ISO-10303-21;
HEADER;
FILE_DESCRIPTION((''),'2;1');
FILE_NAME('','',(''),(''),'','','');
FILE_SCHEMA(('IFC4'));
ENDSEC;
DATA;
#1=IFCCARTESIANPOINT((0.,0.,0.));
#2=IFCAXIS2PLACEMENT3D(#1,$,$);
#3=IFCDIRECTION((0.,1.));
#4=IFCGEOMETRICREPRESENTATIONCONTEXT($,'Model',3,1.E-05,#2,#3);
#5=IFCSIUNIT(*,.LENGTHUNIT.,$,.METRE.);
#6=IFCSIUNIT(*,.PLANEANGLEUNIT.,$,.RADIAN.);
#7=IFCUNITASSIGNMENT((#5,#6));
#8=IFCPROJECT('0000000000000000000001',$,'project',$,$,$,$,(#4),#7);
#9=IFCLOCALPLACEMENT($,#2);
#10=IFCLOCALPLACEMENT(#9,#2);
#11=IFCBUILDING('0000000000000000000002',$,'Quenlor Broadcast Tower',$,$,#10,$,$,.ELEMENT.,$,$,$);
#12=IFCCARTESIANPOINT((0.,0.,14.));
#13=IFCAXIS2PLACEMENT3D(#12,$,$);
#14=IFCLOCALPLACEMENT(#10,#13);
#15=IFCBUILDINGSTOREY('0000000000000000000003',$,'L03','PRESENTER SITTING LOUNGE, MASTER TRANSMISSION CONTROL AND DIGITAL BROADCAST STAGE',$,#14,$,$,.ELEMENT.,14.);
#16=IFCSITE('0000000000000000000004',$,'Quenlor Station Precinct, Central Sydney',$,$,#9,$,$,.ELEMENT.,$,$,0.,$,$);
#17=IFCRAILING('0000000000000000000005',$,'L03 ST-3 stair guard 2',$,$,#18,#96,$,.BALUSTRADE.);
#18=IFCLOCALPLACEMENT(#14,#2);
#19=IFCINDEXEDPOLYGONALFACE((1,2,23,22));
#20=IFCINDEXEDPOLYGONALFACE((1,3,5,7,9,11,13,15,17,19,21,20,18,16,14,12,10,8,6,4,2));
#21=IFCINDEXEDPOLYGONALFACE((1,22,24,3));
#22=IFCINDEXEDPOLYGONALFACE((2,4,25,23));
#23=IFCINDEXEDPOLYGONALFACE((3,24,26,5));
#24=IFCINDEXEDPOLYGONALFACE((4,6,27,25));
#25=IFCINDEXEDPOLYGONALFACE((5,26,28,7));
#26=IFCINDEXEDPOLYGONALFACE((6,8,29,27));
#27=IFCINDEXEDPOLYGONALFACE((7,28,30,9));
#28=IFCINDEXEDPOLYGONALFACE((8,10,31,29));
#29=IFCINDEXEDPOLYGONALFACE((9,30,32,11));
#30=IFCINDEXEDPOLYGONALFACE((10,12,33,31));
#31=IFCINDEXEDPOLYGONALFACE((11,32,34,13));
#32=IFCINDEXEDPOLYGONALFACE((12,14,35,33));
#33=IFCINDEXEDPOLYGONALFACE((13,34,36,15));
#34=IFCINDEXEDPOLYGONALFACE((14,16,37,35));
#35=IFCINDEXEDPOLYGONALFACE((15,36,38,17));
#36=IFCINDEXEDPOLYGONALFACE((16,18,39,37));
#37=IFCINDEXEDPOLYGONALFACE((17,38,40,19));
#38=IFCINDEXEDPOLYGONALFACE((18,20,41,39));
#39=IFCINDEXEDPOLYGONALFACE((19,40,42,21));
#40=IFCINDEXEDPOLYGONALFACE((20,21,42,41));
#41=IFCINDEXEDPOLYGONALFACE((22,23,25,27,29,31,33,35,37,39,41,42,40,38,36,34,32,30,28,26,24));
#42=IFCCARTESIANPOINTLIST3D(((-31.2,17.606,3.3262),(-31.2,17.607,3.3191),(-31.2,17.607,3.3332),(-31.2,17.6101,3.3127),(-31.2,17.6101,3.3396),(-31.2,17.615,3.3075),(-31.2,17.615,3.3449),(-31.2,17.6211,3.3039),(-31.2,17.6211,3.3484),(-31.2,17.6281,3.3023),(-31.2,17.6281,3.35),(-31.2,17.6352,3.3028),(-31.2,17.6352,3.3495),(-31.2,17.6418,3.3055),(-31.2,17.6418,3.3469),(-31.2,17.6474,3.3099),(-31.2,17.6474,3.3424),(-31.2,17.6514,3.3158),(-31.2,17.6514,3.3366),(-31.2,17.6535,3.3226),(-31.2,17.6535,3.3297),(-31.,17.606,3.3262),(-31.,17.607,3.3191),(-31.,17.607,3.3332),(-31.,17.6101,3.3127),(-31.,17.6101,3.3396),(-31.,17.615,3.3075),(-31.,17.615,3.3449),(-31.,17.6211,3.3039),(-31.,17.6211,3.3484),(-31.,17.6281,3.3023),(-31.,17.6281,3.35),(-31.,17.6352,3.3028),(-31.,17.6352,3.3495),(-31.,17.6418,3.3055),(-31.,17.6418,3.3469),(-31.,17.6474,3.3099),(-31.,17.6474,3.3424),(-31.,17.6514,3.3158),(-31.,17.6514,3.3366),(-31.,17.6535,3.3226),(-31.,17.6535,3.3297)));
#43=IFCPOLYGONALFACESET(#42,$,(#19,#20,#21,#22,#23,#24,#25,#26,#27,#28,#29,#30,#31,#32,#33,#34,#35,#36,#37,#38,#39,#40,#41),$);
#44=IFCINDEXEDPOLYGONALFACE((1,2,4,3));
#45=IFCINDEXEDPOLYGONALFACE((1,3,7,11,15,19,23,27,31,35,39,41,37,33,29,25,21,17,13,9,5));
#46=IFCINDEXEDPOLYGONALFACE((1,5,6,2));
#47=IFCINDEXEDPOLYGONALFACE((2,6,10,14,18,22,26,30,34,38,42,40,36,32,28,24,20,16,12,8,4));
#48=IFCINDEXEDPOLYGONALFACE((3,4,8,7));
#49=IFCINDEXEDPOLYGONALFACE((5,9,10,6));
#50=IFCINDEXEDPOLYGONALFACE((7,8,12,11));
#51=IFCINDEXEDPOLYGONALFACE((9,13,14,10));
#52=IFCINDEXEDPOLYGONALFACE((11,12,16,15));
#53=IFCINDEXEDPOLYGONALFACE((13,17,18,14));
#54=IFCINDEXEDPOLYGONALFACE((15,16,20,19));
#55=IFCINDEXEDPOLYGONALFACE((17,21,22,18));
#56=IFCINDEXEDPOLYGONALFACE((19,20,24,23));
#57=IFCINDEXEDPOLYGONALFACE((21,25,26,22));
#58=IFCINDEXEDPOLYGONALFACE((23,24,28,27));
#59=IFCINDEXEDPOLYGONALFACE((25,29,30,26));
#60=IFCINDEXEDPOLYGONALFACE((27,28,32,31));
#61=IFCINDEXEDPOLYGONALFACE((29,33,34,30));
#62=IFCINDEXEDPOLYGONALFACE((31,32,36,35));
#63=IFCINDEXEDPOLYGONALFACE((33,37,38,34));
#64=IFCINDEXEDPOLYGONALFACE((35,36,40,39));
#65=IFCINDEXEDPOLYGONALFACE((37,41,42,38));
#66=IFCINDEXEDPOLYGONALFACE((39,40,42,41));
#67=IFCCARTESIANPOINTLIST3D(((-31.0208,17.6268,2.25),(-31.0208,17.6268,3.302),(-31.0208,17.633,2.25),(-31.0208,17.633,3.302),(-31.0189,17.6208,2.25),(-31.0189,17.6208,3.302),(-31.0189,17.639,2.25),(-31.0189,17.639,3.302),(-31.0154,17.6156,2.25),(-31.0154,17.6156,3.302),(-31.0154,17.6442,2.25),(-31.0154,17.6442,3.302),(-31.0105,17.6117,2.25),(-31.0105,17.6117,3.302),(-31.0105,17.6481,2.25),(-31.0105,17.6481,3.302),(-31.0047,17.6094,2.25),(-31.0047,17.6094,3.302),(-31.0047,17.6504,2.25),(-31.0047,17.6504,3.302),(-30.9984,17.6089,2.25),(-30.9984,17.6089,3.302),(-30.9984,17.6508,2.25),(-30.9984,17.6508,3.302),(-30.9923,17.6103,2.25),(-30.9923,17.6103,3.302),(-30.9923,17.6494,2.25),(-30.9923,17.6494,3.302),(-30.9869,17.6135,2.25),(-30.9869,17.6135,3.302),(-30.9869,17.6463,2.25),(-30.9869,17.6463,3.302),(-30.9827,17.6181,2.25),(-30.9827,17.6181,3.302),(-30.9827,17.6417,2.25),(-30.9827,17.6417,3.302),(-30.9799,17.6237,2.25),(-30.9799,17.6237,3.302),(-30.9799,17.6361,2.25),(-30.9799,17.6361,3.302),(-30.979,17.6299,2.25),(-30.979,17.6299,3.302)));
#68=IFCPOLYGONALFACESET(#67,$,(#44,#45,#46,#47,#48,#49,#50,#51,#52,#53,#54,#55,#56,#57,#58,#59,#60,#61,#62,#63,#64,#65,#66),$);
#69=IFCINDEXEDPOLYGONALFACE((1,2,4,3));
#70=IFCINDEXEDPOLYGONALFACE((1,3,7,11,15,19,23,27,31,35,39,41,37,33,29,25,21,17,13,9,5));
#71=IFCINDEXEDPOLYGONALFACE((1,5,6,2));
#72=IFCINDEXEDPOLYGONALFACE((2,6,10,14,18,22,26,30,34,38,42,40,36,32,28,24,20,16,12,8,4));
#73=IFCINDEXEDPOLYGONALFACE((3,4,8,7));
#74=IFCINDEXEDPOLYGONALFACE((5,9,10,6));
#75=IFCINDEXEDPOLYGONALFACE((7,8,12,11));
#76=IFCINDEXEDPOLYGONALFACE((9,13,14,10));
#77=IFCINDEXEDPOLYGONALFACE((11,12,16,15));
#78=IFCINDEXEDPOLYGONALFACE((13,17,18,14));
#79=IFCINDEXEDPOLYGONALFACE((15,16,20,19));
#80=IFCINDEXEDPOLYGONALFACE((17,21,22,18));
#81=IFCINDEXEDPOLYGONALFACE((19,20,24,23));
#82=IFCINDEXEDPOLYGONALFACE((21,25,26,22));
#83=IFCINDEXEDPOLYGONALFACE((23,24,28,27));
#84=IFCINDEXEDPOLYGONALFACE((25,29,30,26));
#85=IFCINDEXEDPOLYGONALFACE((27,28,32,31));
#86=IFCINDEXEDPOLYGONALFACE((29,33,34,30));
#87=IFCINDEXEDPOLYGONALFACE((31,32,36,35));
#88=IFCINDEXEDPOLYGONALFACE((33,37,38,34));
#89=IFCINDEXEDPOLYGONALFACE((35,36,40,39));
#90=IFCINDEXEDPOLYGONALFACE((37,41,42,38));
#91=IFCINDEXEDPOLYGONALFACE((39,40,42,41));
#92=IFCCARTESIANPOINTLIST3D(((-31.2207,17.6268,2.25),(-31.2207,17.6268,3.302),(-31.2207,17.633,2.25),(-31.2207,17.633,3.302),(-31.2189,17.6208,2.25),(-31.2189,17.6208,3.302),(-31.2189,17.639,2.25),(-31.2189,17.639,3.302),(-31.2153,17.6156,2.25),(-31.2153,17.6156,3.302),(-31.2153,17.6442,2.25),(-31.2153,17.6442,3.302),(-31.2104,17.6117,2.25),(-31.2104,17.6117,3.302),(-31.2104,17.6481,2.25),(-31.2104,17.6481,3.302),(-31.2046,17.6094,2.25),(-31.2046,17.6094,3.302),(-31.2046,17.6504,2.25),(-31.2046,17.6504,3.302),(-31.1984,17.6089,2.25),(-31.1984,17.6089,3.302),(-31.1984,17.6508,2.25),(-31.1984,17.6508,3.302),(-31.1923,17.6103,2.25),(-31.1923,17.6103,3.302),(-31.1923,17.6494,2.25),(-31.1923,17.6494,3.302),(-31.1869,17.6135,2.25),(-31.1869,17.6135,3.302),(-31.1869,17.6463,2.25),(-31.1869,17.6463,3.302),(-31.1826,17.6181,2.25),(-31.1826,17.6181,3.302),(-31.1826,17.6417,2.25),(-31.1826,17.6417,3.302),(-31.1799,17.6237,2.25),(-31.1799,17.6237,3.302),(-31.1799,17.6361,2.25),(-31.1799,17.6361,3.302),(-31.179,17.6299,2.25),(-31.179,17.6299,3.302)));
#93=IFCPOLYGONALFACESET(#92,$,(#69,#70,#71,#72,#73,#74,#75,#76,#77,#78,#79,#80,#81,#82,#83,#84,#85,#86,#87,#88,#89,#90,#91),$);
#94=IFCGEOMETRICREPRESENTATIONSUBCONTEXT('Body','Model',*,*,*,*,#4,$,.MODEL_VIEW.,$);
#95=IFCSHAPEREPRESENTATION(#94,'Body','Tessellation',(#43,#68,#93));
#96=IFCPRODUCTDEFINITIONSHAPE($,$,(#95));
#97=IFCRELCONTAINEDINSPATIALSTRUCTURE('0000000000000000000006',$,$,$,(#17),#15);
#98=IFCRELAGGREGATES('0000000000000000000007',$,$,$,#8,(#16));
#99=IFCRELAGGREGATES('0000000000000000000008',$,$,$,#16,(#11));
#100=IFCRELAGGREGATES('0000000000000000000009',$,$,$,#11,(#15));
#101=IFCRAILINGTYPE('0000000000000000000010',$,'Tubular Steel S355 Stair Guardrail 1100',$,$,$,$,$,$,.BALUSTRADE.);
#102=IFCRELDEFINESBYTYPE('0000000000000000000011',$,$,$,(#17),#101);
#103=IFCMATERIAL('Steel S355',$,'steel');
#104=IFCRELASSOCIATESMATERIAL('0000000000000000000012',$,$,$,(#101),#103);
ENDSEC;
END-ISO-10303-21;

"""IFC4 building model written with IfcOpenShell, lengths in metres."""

from ifc_helpers import new_model, si_unit, direction, frame, origin, origin_2d, place, context, subcontext, project, spatial, circle, extrude, material, type_object, element, save


model = new_model("IFC4")

# Units and contexts
model_context = context("Model", 3, precision=1e-05, world=origin(), true_north=direction((0.0, 1.0)))
body_context = subcontext(model_context, "Body", "Model", "MODEL_VIEW")
ifc_project = project(units=[si_unit("LENGTHUNIT", "METRE"), si_unit("PLANEANGLEUNIT", "RADIAN")], contexts=[model_context])

# Site, building, storey
site_placement = place(None, origin())
site = spatial("IfcSite", under=ifc_project, at=site_placement, Name="Quenlor Station Precinct, Central Sydney", CompositionType="ELEMENT", RefElevation=0.0)
building_placement = place(site_placement, origin())
building = spatial("IfcBuilding", under=site, at=building_placement, Name="Quenlor Broadcast Tower", CompositionType="ELEMENT")
storey_placement = place(building_placement, frame((0.0, 0.0, 14.0)))
storey = spatial("IfcBuildingStorey", under=building, at=storey_placement, Name="L03", Description="PRESENTER SITTING LOUNGE, MASTER TRANSMISSION CONTROL AND DIGITAL BROADCAST STAGE", CompositionType="ELEMENT", Elevation=14.0)

# Railing
ifc_material_1 = material(Name="Steel S355", Category="steel")
railing_type_1 = type_object("IfcRailingType", Name="Tubular Steel S355 Stair Guardrail 1100", PredefinedType="BALUSTRADE", material=ifc_material_1)
railing_1_placement = place(storey_placement, frame((-31.0, 17.6299, 2.25)))
element("IfcRailing", 1, at=railing_1_placement, inside=storey, type_object=railing_type_1, Name="L03 ST-3 stair guard 2", PredefinedType="BALUSTRADE", context=body_context, shape_type="SweptSolid", body=[
    extrude(circle(Radius=0.0239, at=origin_2d()), frame((0.0, 0.0, 1.0762), z_axis=(-1.0, 0.0, 0.0), x_axis=(0.0, -1.0, 0.0)), (0.0, 0.0, 1.0), 0.2),
    extrude(circle(Radius=0.021, at=origin_2d()), origin(), (0.0, 0.0, 1.0), 1.052),
    extrude(circle(Radius=0.021, at=origin_2d()), frame((-0.2, 0.0, 0.0)), (0.0, 0.0, 1.0), 1.052),
])

save(model, "model.ifc")
